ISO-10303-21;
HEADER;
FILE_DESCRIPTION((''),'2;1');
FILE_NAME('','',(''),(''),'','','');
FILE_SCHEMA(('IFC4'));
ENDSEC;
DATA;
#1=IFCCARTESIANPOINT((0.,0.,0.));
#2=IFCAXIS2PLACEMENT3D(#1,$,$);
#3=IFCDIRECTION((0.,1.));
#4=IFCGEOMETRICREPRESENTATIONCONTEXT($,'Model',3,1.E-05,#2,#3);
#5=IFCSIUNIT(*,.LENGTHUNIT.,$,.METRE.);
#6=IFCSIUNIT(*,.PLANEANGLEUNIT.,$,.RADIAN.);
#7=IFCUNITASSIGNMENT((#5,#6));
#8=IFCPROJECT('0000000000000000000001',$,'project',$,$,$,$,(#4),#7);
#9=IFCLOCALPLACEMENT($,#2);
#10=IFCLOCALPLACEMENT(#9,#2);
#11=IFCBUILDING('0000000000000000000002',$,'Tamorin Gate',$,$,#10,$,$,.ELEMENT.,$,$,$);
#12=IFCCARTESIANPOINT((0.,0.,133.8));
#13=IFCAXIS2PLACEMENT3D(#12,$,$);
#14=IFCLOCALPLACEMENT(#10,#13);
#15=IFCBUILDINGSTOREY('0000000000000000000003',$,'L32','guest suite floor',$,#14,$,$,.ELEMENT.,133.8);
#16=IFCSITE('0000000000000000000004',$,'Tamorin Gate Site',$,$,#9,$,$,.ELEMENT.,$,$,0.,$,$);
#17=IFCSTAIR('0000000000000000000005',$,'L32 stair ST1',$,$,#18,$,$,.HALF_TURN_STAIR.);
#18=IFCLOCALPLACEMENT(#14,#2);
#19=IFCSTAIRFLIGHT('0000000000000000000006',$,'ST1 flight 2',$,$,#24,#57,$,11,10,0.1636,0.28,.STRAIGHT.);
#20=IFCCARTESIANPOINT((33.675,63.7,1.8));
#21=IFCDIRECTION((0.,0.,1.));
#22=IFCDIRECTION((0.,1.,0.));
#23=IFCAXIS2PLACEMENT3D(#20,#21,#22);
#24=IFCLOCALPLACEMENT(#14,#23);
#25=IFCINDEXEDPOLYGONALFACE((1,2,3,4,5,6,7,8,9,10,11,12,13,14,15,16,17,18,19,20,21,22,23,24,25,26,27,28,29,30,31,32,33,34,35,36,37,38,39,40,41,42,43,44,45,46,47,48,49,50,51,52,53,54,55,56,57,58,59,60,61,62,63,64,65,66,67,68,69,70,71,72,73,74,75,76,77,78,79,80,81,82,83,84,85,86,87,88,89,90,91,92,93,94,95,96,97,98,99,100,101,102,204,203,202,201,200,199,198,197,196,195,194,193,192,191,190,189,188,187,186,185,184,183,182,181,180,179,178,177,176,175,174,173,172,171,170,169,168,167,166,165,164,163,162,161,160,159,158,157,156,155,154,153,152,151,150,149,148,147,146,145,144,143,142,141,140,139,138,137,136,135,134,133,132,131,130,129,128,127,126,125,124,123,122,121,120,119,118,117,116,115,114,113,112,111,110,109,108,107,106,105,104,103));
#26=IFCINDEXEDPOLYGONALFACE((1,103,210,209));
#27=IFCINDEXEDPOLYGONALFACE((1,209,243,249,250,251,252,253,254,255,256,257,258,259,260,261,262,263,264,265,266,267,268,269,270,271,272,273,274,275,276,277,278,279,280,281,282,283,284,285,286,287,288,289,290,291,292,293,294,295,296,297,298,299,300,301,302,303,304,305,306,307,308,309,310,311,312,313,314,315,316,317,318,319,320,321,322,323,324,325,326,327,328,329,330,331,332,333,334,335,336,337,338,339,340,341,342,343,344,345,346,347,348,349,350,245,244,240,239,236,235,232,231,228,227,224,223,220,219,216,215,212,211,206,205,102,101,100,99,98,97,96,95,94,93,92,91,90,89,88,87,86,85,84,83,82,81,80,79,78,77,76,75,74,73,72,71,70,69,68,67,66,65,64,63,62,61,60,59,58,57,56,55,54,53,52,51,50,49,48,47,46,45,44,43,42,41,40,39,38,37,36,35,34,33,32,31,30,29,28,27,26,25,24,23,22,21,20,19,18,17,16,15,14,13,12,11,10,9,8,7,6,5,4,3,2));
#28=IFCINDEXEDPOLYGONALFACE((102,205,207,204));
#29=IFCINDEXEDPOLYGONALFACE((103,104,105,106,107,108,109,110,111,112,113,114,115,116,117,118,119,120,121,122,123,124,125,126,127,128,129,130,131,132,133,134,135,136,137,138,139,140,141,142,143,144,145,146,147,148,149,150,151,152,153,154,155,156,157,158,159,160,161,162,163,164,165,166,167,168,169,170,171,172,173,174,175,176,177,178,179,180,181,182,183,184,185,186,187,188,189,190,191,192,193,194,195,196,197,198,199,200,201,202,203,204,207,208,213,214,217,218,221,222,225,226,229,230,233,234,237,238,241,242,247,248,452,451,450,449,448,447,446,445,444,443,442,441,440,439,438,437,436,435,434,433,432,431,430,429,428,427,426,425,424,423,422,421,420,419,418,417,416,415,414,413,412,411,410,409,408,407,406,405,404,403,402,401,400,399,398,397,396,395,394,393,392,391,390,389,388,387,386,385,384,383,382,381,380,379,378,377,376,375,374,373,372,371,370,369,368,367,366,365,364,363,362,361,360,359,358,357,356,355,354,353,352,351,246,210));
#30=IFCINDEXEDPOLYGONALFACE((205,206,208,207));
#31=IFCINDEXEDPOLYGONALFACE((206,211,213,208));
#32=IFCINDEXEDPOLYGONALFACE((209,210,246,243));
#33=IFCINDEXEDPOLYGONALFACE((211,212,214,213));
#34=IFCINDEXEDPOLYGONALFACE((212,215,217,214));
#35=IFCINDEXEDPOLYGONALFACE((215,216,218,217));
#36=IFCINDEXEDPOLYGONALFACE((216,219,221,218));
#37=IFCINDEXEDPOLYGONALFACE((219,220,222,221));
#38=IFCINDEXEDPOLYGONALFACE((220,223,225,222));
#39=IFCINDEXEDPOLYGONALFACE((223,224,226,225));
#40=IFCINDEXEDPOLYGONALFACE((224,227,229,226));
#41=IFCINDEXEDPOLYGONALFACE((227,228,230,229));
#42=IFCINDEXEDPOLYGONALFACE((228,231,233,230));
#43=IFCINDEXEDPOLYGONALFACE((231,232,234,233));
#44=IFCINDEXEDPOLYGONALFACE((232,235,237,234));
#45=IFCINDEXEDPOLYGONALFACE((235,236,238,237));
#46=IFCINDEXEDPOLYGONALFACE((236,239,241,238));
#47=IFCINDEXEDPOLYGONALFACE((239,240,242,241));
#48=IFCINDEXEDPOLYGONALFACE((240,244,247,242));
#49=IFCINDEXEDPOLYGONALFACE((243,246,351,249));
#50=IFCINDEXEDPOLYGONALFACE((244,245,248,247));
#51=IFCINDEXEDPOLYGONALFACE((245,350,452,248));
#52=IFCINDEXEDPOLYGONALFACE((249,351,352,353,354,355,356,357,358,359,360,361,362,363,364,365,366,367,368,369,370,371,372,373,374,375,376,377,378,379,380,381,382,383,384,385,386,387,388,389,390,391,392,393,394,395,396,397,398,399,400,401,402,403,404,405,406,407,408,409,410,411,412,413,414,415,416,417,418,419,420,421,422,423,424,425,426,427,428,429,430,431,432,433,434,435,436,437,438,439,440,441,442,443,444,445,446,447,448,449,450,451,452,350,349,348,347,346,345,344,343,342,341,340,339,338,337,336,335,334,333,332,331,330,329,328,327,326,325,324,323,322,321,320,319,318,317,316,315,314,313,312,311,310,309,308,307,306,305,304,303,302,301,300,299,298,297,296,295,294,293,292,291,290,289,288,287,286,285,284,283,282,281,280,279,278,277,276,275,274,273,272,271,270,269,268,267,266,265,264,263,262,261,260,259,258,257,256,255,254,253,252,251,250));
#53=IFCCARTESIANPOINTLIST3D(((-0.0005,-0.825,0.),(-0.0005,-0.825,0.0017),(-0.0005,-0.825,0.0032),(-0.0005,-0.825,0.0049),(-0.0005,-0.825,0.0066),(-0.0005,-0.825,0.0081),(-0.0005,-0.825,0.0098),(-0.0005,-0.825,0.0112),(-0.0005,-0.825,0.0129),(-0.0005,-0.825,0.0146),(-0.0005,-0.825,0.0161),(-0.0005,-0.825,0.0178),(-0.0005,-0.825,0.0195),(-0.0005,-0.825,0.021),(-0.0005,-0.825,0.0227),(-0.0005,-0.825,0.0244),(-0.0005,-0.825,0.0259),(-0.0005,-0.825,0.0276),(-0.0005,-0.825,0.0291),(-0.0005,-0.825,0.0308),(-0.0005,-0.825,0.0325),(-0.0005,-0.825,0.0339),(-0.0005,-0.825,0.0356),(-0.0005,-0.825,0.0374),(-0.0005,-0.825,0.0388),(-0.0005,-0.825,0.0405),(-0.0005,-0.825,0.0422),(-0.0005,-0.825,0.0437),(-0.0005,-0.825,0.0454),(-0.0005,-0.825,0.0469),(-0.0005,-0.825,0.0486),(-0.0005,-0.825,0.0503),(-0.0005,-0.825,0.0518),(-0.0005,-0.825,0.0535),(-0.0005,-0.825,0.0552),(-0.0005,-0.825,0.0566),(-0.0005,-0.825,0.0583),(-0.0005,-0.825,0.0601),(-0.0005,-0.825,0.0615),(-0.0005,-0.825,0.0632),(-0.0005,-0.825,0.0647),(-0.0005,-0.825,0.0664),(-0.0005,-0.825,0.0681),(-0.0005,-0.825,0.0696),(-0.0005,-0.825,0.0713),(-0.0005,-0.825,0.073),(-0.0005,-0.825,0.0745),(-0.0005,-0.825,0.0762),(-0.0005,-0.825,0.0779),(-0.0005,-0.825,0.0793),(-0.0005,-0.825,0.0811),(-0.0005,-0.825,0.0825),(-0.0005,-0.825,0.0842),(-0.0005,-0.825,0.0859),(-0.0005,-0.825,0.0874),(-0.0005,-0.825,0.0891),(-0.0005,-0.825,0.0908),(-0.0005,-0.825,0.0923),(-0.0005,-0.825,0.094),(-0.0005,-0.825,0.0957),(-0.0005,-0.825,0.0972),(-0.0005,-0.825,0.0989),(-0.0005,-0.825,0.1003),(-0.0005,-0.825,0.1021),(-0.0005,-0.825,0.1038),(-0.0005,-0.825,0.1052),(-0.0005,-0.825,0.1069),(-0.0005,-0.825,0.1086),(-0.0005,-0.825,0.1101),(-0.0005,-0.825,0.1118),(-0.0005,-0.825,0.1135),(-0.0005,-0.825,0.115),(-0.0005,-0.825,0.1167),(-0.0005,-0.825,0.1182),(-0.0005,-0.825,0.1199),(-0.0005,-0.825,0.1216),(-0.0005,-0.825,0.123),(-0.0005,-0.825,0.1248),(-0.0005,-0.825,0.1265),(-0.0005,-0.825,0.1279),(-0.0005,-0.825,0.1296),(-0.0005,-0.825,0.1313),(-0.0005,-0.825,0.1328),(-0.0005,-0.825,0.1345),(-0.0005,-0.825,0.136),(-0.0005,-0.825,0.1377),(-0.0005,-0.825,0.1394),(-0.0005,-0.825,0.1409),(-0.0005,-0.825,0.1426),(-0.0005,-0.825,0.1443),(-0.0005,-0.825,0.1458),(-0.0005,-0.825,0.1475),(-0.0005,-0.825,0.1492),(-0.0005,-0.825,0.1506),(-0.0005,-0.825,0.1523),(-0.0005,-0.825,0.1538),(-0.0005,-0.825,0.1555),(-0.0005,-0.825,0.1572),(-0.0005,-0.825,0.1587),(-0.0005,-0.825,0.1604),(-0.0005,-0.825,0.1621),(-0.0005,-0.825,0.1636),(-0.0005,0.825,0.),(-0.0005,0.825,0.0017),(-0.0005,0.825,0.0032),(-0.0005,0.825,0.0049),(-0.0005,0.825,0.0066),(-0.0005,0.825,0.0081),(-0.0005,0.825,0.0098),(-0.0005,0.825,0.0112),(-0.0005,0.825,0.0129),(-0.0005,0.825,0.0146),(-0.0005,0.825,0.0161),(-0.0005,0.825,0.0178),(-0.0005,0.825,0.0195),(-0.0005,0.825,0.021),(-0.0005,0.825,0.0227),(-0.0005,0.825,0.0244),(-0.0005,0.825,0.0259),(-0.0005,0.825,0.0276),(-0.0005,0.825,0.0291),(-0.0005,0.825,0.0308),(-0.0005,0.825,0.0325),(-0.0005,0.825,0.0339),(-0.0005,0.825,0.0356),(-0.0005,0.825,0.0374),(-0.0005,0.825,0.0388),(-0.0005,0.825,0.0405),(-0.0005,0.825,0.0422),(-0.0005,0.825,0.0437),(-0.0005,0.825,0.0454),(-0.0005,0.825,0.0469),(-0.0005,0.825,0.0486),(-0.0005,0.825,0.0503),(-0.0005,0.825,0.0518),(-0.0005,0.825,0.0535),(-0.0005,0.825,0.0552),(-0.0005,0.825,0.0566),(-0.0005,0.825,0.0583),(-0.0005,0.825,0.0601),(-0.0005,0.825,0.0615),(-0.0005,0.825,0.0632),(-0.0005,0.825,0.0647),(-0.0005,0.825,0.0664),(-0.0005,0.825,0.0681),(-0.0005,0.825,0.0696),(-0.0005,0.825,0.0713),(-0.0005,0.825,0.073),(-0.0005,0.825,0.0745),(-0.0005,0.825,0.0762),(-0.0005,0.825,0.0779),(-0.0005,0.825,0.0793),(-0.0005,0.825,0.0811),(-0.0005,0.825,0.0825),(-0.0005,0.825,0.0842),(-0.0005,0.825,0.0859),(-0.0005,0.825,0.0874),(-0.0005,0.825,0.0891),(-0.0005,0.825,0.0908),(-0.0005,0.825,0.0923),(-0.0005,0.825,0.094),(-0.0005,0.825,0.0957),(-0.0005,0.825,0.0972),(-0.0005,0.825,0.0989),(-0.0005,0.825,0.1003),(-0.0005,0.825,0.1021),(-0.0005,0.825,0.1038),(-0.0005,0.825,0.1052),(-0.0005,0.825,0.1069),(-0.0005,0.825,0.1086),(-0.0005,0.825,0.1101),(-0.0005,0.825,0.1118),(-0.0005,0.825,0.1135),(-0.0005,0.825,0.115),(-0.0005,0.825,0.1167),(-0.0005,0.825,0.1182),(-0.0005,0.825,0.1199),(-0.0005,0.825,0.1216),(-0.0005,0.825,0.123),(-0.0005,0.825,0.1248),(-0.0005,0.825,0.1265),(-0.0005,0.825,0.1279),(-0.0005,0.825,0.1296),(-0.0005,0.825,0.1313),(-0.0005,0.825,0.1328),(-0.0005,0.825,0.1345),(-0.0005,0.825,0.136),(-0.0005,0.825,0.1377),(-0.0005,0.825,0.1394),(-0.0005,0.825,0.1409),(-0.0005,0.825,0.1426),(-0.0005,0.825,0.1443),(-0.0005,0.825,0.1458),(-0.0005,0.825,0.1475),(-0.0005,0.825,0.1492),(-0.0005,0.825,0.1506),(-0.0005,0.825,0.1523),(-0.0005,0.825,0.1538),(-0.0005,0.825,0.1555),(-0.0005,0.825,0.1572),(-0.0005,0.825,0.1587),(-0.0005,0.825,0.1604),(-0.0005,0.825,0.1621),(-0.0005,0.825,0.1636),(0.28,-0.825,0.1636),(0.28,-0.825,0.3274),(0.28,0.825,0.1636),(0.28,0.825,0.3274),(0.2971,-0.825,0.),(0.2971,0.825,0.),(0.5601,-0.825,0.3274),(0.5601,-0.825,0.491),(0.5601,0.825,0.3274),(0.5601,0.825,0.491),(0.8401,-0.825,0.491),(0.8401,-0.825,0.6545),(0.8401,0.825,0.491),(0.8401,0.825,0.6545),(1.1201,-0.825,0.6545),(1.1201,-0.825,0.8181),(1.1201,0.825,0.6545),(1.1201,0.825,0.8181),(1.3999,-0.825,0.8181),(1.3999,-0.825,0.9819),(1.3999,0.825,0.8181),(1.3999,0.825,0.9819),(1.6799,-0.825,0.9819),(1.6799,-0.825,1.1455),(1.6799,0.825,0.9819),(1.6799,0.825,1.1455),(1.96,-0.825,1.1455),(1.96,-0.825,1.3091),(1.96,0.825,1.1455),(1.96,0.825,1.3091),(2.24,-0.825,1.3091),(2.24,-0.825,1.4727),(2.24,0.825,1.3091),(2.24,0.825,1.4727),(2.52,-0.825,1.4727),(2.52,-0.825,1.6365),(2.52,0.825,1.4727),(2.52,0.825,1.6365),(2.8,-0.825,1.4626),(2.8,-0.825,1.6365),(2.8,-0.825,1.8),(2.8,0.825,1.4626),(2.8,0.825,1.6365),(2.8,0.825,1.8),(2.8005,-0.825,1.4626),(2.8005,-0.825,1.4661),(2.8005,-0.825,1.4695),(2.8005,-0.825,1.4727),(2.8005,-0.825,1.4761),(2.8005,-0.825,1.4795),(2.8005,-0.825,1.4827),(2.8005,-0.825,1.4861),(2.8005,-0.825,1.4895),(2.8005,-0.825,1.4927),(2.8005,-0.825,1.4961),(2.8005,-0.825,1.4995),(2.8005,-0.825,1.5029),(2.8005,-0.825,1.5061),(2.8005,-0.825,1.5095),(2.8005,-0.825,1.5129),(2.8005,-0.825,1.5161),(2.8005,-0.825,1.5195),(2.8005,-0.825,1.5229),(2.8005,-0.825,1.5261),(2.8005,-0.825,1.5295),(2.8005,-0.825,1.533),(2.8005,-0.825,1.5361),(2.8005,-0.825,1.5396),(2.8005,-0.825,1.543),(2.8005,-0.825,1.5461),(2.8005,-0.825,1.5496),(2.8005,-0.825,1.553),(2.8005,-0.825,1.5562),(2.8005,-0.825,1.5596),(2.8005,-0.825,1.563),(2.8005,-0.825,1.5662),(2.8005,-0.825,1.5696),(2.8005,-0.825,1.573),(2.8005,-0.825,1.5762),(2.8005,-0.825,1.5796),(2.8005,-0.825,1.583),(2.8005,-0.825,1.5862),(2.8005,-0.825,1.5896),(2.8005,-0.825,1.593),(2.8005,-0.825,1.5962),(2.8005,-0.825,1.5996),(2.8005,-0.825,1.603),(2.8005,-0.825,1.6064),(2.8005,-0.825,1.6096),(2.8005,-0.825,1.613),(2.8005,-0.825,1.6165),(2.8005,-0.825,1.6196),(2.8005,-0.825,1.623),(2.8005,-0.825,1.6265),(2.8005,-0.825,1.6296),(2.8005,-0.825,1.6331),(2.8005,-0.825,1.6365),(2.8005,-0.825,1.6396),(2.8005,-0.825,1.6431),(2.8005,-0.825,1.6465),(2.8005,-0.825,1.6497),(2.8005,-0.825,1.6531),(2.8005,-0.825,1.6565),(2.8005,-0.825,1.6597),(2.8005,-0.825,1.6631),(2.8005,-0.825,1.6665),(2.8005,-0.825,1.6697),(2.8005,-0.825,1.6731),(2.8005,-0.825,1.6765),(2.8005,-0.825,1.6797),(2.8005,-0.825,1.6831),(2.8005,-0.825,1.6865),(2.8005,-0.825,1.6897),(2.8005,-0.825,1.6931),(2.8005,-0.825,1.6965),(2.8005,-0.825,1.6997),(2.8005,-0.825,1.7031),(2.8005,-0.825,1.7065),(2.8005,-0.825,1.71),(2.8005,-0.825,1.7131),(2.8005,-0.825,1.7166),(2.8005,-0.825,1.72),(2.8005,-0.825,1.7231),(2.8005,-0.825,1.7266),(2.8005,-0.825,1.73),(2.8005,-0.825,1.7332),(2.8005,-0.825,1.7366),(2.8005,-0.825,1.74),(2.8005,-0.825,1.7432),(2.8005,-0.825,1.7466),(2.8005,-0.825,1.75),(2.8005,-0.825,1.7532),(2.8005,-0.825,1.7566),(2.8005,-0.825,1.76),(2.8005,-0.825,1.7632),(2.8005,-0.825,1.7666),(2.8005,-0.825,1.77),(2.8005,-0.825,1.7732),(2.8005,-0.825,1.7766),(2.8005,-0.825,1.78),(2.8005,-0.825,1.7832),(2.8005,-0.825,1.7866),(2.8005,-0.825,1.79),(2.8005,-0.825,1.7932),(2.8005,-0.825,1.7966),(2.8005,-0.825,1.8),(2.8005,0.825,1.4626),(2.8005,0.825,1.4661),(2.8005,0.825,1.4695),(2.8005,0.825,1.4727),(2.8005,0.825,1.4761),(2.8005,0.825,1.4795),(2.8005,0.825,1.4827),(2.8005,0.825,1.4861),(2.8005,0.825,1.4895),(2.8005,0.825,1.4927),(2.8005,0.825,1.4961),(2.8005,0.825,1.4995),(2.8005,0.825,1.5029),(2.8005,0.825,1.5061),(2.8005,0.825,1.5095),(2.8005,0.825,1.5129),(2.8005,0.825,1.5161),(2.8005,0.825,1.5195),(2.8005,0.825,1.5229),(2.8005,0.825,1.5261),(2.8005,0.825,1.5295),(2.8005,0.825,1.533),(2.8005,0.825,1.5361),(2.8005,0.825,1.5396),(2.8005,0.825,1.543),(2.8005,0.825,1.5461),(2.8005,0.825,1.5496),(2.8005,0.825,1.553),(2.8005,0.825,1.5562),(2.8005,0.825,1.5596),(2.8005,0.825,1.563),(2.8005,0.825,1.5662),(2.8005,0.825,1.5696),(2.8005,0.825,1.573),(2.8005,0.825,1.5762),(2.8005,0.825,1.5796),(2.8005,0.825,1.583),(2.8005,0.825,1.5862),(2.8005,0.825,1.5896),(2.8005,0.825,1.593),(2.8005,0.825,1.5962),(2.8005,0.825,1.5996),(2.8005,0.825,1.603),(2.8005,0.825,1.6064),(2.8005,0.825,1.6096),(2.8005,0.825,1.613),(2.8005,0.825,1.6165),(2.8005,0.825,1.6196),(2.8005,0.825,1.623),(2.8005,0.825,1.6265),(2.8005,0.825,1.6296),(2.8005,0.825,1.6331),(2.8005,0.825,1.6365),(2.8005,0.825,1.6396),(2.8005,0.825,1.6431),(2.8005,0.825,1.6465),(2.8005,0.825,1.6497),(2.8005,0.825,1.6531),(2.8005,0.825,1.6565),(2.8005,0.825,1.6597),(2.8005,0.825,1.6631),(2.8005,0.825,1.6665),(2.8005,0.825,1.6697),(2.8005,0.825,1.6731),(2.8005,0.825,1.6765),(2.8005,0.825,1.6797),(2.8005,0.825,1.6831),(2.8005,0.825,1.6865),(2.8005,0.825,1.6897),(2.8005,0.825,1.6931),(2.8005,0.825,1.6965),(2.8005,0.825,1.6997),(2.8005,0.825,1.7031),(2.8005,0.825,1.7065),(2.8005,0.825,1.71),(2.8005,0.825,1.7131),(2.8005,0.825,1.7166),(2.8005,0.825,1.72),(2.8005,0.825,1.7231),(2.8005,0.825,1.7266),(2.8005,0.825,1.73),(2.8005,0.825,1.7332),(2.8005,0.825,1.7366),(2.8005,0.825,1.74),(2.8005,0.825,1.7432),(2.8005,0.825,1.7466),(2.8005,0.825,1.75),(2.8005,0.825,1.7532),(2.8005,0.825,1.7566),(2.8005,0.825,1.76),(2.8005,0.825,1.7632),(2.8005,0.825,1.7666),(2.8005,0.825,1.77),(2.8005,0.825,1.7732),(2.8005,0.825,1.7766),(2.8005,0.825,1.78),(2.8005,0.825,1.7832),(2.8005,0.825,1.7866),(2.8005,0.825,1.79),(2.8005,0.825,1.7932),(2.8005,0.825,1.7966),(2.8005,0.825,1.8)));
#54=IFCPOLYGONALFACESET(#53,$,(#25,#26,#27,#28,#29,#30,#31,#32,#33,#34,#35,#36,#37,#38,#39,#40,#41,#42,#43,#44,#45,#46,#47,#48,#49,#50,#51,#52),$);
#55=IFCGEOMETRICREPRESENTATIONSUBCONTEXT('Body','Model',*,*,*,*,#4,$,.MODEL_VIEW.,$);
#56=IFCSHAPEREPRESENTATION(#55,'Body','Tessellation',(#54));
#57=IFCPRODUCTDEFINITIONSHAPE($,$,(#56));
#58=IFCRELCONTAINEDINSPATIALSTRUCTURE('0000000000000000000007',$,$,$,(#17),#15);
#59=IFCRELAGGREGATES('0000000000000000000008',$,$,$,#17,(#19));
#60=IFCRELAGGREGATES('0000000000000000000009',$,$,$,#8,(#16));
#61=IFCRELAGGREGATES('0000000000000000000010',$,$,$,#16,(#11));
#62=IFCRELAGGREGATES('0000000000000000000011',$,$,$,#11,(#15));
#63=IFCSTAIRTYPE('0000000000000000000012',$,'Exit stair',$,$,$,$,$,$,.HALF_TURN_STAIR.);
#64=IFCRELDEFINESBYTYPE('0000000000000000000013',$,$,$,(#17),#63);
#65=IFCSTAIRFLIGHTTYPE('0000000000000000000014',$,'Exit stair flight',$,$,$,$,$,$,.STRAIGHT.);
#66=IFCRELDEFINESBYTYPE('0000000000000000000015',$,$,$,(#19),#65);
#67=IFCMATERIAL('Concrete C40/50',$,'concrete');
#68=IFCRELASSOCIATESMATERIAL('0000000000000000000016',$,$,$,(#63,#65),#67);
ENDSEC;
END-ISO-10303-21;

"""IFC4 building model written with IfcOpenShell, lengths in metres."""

from ifc_helpers import new_model, si_unit, direction, frame, origin, place, context, subcontext, project, spatial, polyline, outline, extrude, material, type_object, element, aggregate, save


model = new_model("IFC4")

# Units and contexts
model_context = context("Model", 3, precision=1e-05, world=origin(), true_north=direction((0.0, 1.0)))
body_context = subcontext(model_context, "Body", "Model", "MODEL_VIEW")
ifc_project = project(units=[si_unit("LENGTHUNIT", "METRE"), si_unit("PLANEANGLEUNIT", "RADIAN")], contexts=[model_context])

# Site, building, storey
site_placement = place(None, origin())
site = spatial("IfcSite", under=ifc_project, at=site_placement, Name="Tamorin Gate Site", CompositionType="ELEMENT", RefElevation=0.0)
building_placement = place(site_placement, origin())
building = spatial("IfcBuilding", under=site, at=building_placement, Name="Tamorin Gate", CompositionType="ELEMENT")
storey_placement = place(building_placement, frame((0.0, 0.0, 133.8)))
storey = spatial("IfcBuildingStorey", under=building, at=storey_placement, Name="L32", Description="guest suite floor", CompositionType="ELEMENT", Elevation=133.8)

# Shared definitions
ifc_material_1 = material(Name="Concrete C40/50", Category="concrete")

# Stair, stair flight
stair_type = type_object("IfcStairType", Name="Exit stair", PredefinedType="HALF_TURN_STAIR", material=ifc_material_1)
stair_1_placement = place(storey_placement, origin())
stair_1 = element("IfcStair", 1, at=stair_1_placement, inside=storey, type_object=stair_type, Name="L32 stair ST1", PredefinedType="HALF_TURN_STAIR")
stair_flight_type = type_object("IfcStairFlightType", Name="Exit stair flight", PredefinedType="STRAIGHT", material=ifc_material_1)
stair_flight_1_placement = place(storey_placement, frame((33.675, 63.7, 1.8), z_axis=(0.0, 0.0, 1.0), x_axis=(0.0, 1.0, 0.0)))
stair_flight_1 = element("IfcStairFlight", 2, at=stair_flight_1_placement, type_object=stair_flight_type, Name="ST1 flight 2", NumberOfRisers=11, NumberOfTreads=10, PredefinedType="STRAIGHT", RiserHeight=0.1636, TreadLength=0.28, context=body_context, shape_type="SweptSolid", body=[
    extrude(outline(polyline([(-0.0005, 0.0), (-0.0005, 0.0017), (-0.0005, 0.0032), (-0.0005, 0.0049), (-0.0005, 0.0066), (-0.0005, 0.0081), (-0.0005, 0.0098), (-0.0005, 0.0112), (-0.0005, 0.0129), (-0.0005, 0.0146), (-0.0005, 0.0161), (-0.0005, 0.0178), (-0.0005, 0.0195), (-0.0005, 0.021), (-0.0005, 0.0227), (-0.0005, 0.0244), (-0.0005, 0.0259), (-0.0005, 0.0276), (-0.0005, 0.0291), (-0.0005, 0.0308), (-0.0005, 0.0325), (-0.0005, 0.0339), (-0.0005, 0.0356), (-0.0005, 0.0374), (-0.0005, 0.0388), (-0.0005, 0.0405), (-0.0005, 0.0422), (-0.0005, 0.0437), (-0.0005, 0.0454), (-0.0005, 0.0469), (-0.0005, 0.0486), (-0.0005, 0.0503), (-0.0005, 0.0518), (-0.0005, 0.0535), (-0.0005, 0.0552), (-0.0005, 0.0566), (-0.0005, 0.0583), (-0.0005, 0.0601), (-0.0005, 0.0615), (-0.0005, 0.0632), (-0.0005, 0.0647), (-0.0005, 0.0664), (-0.0005, 0.0681), (-0.0005, 0.0696), (-0.0005, 0.0713), (-0.0005, 0.073), (-0.0005, 0.0745), (-0.0005, 0.0762), (-0.0005, 0.0779), (-0.0005, 0.0793), (-0.0005, 0.0811), (-0.0005, 0.0825), (-0.0005, 0.0842), (-0.0005, 0.0859), (-0.0005, 0.0874), (-0.0005, 0.0891), (-0.0005, 0.0908), (-0.0005, 0.0923), (-0.0005, 0.094), (-0.0005, 0.0957), (-0.0005, 0.0972), (-0.0005, 0.0989), (-0.0005, 0.1003), (-0.0005, 0.1021), (-0.0005, 0.1038), (-0.0005, 0.1052), (-0.0005, 0.1069), (-0.0005, 0.1086), (-0.0005, 0.1101), (-0.0005, 0.1118), (-0.0005, 0.1135), (-0.0005, 0.115), (-0.0005, 0.1167), (-0.0005, 0.1182), (-0.0005, 0.1199), (-0.0005, 0.1216), (-0.0005, 0.123), (-0.0005, 0.1248), (-0.0005, 0.1265), (-0.0005, 0.1279), (-0.0005, 0.1296), (-0.0005, 0.1313), (-0.0005, 0.1328), (-0.0005, 0.1345), (-0.0005, 0.136), (-0.0005, 0.1377), (-0.0005, 0.1394), (-0.0005, 0.1409), (-0.0005, 0.1426), (-0.0005, 0.1443), (-0.0005, 0.1458), (-0.0005, 0.1475), (-0.0005, 0.1492), (-0.0005, 0.1506), (-0.0005, 0.1523), (-0.0005, 0.1538), (-0.0005, 0.1555), (-0.0005, 0.1572), (-0.0005, 0.1587), (-0.0005, 0.1604), (-0.0005, 0.1621), (-0.0005, 0.1636), (0.28, 0.1636), (0.28, 0.3274), (0.5601, 0.3274), (0.5601, 0.491), (0.8401, 0.491), (0.8401, 0.6545), (1.1201, 0.6545), (1.1201, 0.8181), (1.3999, 0.8181), (1.3999, 0.9819), (1.6799, 0.9819), (1.6799, 1.1455), (1.96, 1.1455), (1.96, 1.3091), (2.24, 1.3091), (2.24, 1.4727), (2.52, 1.4727), (2.52, 1.6365), (2.8, 1.6365), (2.8, 1.8), (2.8005, 1.8), (2.8005, 1.7966), (2.8005, 1.7932), (2.8005, 1.79), (2.8005, 1.7866), (2.8005, 1.7832), (2.8005, 1.78), (2.8005, 1.7766), (2.8005, 1.7732), (2.8005, 1.77), (2.8005, 1.7666), (2.8005, 1.7632), (2.8005, 1.76), (2.8005, 1.7566), (2.8005, 1.7532), (2.8005, 1.75), (2.8005, 1.7466), (2.8005, 1.7432), (2.8005, 1.74), (2.8005, 1.7366), (2.8005, 1.7332), (2.8005, 1.73), (2.8005, 1.7266), (2.8005, 1.7231), (2.8005, 1.72), (2.8005, 1.7166), (2.8005, 1.7131), (2.8005, 1.71), (2.8005, 1.7065), (2.8005, 1.7031), (2.8005, 1.6997), (2.8005, 1.6965), (2.8005, 1.6931), (2.8005, 1.6897), (2.8005, 1.6865), (2.8005, 1.6831), (2.8005, 1.6797), (2.8005, 1.6765), (2.8005, 1.6731), (2.8005, 1.6697), (2.8005, 1.6665), (2.8005, 1.6631), (2.8005, 1.6597), (2.8005, 1.6565), (2.8005, 1.6531), (2.8005, 1.6497), (2.8005, 1.6465), (2.8005, 1.6431), (2.8005, 1.6396), (2.8005, 1.6365), (2.8005, 1.6331), (2.8005, 1.6296), (2.8005, 1.6265), (2.8005, 1.623), (2.8005, 1.6196), (2.8005, 1.6165), (2.8005, 1.613), (2.8005, 1.6096), (2.8005, 1.6064), (2.8005, 1.603), (2.8005, 1.5996), (2.8005, 1.5962), (2.8005, 1.593), (2.8005, 1.5896), (2.8005, 1.5862), (2.8005, 1.583), (2.8005, 1.5796), (2.8005, 1.5762), (2.8005, 1.573), (2.8005, 1.5696), (2.8005, 1.5662), (2.8005, 1.563), (2.8005, 1.5596), (2.8005, 1.5562), (2.8005, 1.553), (2.8005, 1.5496), (2.8005, 1.5461), (2.8005, 1.543), (2.8005, 1.5396), (2.8005, 1.5361), (2.8005, 1.533), (2.8005, 1.5295), (2.8005, 1.5261), (2.8005, 1.5229), (2.8005, 1.5195), (2.8005, 1.5161), (2.8005, 1.5129), (2.8005, 1.5095), (2.8005, 1.5061), (2.8005, 1.5029), (2.8005, 1.4995), (2.8005, 1.4961), (2.8005, 1.4927), (2.8005, 1.4895), (2.8005, 1.4861), (2.8005, 1.4827), (2.8005, 1.4795), (2.8005, 1.4761), (2.8005, 1.4727), (2.8005, 1.4695), (2.8005, 1.4661), (2.8005, 1.4626), (2.8, 1.4626), (0.2971, 0.0), (-0.0005, 0.0)])), frame((0.0, 0.825, 0.0), z_axis=(0.0, -1.0, 0.0), x_axis=(1.0, 0.0, 0.0)), (0.0, 0.0, 1.0), 1.6499),
])
aggregate(stair_1, [stair_flight_1])

save(model, "model.ifc")
